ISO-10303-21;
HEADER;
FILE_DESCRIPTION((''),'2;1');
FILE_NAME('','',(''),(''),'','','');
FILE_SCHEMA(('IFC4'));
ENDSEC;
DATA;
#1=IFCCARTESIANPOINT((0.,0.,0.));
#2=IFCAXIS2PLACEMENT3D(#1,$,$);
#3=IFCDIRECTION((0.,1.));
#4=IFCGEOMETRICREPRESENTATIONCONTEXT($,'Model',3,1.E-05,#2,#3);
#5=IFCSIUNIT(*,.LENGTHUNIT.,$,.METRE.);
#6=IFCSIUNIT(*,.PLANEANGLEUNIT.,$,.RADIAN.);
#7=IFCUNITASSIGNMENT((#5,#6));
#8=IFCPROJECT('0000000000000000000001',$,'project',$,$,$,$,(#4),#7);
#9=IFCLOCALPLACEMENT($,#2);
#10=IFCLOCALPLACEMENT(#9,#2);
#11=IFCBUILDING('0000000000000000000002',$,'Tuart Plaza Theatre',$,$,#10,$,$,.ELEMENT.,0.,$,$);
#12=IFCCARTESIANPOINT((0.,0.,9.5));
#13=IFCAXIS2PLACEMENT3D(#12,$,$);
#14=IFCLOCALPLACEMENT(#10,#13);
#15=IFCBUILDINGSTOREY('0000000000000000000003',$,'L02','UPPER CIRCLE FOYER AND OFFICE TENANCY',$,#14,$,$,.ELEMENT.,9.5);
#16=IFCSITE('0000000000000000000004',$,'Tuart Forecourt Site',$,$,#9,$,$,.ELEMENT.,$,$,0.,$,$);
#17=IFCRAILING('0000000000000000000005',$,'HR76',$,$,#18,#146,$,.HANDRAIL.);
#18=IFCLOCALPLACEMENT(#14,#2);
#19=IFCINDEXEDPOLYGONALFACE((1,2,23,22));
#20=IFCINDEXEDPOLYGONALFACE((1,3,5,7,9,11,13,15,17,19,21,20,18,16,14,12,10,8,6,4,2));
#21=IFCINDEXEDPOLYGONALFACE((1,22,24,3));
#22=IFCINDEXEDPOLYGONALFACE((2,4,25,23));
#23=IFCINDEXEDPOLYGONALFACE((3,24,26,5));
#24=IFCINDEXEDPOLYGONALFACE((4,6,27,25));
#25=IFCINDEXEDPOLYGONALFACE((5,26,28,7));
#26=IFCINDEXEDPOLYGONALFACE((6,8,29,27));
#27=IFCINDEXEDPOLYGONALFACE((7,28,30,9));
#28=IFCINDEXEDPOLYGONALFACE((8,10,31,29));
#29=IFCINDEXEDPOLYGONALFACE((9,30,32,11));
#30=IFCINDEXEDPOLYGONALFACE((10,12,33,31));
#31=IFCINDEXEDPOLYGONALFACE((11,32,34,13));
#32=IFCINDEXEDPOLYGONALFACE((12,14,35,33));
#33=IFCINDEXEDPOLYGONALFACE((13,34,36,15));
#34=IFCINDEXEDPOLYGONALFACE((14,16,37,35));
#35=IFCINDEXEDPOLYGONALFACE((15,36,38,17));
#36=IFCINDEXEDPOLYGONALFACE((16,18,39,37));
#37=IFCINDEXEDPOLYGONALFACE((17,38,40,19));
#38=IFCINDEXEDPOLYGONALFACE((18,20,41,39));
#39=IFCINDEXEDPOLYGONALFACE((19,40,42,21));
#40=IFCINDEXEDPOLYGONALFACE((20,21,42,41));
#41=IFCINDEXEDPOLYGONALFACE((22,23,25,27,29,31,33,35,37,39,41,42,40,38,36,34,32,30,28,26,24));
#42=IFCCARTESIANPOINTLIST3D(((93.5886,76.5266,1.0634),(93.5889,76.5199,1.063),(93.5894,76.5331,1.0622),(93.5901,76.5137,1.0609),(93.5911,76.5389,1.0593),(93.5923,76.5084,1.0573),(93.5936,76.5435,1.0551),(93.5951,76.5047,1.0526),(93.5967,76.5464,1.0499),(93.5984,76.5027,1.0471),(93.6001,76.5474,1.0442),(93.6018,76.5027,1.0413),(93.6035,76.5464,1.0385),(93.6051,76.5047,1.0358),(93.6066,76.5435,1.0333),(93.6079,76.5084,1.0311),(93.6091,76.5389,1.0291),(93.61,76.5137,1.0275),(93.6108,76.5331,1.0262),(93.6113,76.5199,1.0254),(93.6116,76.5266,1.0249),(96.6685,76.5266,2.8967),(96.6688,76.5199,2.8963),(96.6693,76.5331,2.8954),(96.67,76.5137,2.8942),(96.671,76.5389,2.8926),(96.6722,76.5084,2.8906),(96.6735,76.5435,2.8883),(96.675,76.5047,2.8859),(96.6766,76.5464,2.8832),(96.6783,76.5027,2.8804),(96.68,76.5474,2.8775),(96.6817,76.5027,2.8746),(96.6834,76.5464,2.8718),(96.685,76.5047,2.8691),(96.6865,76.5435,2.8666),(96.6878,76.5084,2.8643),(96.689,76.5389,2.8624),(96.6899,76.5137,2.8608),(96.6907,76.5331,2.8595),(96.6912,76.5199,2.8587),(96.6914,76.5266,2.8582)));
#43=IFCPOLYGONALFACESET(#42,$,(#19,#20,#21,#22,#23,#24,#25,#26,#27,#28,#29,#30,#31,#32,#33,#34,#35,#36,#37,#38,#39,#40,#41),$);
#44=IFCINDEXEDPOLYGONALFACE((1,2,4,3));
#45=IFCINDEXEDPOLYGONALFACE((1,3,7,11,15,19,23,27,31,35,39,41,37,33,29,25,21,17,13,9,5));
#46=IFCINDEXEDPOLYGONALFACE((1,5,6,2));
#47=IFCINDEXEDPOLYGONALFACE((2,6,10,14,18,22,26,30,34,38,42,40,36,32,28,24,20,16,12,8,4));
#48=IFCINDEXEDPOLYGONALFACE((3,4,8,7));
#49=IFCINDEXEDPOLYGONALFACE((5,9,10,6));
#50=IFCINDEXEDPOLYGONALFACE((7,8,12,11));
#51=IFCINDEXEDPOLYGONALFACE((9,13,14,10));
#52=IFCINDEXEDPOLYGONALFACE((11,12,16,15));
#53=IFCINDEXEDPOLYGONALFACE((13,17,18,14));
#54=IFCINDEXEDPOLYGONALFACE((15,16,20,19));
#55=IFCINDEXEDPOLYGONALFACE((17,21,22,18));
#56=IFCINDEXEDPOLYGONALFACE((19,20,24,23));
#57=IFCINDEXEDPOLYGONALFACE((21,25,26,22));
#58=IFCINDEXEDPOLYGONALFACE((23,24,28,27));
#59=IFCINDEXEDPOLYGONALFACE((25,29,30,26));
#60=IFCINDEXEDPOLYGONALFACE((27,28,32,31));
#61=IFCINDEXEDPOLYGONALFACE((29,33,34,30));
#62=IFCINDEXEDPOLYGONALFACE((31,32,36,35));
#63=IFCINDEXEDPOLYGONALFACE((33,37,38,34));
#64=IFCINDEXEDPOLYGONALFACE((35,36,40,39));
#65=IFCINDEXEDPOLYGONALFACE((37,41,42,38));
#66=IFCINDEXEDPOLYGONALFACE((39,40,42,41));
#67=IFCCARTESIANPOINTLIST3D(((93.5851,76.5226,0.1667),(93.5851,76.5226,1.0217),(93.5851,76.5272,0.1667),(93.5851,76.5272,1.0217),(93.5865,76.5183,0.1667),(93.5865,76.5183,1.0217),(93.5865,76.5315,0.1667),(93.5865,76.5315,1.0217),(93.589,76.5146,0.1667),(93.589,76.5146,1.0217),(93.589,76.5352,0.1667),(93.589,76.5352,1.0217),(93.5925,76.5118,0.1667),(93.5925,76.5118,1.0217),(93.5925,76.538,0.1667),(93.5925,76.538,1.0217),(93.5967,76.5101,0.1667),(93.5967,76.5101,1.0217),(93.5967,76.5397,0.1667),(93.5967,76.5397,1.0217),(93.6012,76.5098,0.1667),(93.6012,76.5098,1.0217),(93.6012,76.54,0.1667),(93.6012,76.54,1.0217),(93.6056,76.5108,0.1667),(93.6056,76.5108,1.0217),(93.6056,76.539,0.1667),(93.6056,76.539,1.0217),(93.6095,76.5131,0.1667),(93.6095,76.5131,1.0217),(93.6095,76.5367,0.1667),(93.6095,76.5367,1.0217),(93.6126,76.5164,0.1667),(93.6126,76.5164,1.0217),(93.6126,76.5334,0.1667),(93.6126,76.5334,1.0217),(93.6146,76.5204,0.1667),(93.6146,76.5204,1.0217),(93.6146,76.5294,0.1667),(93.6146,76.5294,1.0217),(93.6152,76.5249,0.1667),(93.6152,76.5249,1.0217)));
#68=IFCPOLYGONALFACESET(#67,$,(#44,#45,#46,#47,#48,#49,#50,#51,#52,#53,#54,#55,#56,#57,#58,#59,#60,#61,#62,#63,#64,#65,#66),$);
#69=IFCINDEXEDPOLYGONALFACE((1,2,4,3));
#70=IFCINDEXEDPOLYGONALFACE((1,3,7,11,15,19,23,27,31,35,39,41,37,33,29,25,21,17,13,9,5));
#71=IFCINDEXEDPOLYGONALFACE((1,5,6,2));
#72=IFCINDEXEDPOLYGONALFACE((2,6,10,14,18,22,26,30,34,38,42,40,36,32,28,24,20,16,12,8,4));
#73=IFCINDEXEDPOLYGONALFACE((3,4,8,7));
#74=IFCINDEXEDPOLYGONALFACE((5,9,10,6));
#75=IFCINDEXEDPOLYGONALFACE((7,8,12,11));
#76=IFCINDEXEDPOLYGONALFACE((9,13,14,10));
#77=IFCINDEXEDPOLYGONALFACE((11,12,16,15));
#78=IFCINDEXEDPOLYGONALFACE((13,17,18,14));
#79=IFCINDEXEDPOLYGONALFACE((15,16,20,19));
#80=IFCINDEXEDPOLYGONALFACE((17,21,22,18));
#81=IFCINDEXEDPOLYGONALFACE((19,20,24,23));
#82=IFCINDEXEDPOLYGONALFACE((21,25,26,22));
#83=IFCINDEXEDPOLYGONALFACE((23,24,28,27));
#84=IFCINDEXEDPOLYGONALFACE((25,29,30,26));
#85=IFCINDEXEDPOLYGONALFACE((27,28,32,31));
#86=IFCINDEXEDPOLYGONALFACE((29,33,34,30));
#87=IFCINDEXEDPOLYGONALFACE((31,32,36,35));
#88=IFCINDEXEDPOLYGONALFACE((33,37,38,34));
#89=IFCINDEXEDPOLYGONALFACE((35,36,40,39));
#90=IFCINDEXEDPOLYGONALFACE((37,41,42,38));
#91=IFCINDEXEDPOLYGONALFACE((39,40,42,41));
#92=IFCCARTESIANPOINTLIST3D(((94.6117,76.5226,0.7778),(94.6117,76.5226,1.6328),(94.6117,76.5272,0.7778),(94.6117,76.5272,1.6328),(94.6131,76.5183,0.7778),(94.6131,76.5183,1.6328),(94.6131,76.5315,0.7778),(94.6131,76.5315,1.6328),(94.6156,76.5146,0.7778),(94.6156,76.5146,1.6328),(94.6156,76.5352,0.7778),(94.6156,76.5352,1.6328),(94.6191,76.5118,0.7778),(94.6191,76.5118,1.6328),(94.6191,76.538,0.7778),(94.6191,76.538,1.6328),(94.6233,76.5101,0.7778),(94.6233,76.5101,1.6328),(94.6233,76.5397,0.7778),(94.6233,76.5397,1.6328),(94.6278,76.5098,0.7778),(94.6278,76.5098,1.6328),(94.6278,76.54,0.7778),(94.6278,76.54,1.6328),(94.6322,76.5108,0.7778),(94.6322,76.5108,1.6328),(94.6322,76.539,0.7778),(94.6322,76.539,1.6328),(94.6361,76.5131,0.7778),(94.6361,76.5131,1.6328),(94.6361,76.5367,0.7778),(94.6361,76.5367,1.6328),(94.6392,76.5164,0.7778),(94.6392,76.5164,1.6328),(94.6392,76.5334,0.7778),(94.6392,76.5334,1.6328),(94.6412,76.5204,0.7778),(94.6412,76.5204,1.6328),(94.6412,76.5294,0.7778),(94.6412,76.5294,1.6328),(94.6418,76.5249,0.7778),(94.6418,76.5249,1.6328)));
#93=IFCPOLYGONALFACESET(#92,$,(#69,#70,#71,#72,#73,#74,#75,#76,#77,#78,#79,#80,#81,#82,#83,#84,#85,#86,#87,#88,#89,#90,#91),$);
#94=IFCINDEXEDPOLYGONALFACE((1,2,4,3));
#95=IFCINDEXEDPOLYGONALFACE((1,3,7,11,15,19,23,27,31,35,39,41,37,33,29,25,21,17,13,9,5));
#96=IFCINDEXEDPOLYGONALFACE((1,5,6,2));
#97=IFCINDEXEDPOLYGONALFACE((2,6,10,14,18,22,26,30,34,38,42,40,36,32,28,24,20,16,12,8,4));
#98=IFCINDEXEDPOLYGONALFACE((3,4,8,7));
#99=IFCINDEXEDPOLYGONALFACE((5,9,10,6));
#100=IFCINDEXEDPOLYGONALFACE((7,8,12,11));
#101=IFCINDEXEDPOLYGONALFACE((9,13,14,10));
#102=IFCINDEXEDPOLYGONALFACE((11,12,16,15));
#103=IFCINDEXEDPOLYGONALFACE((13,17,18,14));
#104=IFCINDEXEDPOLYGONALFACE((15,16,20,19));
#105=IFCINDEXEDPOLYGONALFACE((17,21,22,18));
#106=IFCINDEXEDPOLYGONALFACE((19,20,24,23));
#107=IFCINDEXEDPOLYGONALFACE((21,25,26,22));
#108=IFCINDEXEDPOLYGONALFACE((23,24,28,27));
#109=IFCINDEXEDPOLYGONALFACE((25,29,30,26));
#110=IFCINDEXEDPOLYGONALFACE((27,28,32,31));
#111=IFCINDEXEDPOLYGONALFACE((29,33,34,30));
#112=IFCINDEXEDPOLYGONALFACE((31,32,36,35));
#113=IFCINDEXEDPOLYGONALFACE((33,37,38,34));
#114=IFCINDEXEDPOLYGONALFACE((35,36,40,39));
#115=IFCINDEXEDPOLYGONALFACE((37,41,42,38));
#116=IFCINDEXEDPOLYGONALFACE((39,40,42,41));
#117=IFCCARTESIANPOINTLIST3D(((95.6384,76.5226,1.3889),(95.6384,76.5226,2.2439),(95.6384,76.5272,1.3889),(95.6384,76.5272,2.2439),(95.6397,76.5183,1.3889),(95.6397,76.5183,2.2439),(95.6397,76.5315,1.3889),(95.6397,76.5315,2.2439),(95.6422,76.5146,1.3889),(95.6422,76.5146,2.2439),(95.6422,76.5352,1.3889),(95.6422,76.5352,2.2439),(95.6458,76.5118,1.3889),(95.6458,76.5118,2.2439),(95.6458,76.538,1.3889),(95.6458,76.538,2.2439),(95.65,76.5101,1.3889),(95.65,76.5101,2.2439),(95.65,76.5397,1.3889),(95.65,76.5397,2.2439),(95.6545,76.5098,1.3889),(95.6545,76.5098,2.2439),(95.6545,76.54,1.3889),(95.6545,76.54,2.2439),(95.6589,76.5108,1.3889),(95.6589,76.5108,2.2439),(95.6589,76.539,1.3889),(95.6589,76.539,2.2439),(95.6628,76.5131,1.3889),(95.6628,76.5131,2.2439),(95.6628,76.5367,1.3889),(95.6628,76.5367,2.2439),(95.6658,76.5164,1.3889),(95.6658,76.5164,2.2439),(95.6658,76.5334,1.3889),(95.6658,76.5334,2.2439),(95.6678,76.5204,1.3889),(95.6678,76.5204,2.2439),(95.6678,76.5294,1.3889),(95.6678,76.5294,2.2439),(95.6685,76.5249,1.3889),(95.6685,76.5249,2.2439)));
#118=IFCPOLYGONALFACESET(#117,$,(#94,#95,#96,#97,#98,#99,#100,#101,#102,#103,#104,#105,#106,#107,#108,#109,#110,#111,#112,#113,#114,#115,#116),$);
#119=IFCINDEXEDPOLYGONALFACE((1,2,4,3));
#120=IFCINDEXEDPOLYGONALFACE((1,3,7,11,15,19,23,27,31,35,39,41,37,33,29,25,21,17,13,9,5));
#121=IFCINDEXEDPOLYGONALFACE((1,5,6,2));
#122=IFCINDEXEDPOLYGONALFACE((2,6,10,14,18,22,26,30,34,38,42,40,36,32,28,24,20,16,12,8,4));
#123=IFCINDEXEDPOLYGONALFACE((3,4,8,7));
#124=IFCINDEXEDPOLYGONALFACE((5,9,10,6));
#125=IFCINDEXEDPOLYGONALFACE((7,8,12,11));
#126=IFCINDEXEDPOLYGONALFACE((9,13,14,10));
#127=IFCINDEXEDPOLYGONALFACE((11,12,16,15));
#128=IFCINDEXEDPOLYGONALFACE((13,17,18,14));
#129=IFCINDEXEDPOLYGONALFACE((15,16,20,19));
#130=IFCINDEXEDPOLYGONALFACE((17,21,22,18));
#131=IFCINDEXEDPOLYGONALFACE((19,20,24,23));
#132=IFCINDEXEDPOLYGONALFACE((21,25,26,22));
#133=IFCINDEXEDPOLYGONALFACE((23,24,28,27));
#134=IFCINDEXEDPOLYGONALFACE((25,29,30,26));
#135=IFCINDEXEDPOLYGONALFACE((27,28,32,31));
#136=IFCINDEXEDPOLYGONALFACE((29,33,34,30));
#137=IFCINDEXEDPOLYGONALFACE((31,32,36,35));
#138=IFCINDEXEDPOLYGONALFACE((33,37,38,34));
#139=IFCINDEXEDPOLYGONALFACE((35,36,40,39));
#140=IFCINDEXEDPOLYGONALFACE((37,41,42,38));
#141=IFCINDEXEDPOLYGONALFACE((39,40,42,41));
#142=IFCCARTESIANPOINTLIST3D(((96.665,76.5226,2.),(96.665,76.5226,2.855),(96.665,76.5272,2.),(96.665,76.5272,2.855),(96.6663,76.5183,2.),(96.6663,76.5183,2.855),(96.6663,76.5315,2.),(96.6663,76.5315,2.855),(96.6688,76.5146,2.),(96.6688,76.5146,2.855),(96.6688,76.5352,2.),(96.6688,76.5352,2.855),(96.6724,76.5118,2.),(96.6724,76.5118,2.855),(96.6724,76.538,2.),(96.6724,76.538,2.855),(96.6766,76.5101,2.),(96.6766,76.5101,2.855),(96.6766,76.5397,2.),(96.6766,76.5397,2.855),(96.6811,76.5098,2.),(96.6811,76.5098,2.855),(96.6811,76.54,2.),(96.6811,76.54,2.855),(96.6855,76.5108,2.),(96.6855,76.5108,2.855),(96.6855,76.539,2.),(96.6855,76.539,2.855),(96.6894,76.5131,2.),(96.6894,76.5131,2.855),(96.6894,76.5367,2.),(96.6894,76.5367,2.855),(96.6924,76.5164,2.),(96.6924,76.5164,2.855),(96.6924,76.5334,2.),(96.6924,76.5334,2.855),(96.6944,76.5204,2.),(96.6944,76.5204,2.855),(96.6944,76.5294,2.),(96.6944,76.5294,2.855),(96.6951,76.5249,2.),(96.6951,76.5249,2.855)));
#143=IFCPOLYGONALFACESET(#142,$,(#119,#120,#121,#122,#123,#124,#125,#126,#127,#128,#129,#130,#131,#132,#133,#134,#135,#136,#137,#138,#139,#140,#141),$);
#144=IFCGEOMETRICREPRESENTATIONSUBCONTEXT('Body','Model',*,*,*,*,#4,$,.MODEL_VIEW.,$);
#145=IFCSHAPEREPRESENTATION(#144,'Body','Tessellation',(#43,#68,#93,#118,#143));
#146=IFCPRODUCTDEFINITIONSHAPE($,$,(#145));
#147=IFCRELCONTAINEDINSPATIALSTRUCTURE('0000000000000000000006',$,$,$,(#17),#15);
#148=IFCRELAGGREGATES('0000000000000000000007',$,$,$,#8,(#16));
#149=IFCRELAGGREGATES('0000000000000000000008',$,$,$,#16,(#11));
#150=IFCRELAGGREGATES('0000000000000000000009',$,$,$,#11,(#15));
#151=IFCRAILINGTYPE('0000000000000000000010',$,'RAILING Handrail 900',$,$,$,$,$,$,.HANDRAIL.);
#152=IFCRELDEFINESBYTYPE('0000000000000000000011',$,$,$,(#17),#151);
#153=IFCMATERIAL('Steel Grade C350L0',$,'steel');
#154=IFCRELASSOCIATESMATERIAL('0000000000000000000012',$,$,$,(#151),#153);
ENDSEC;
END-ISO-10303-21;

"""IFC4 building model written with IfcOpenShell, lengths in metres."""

from ifc_helpers import new_model, si_unit, direction, frame, origin, origin_2d, place, context, subcontext, project, spatial, circle, extrude, material, type_object, element, save


model = new_model("IFC4")

# Units and contexts
model_context = context("Model", 3, precision=1e-05, world=origin(), true_north=direction((0.0, 1.0)))
body_context = subcontext(model_context, "Body", "Model", "MODEL_VIEW")
ifc_project = project(units=[si_unit("LENGTHUNIT", "METRE"), si_unit("PLANEANGLEUNIT", "RADIAN")], contexts=[model_context])

# Site, building, storey
site_placement = place(None, origin())
site = spatial("IfcSite", under=ifc_project, at=site_placement, Name="Tuart Forecourt Site", CompositionType="ELEMENT", RefElevation=0.0)
building_placement = place(site_placement, origin())
building = spatial("IfcBuilding", under=site, at=building_placement, Name="Tuart Plaza Theatre", CompositionType="ELEMENT", ElevationOfRefHeight=0.0)
storey_placement = place(building_placement, frame((0.0, 0.0, 9.5)))
storey = spatial("IfcBuildingStorey", under=building, at=storey_placement, Name="L02", Description="UPPER CIRCLE FOYER AND OFFICE TENANCY", CompositionType="ELEMENT", Elevation=9.5)

# Railing
ifc_material_1 = material(Name="Steel Grade C350L0", Category="steel")
railing_type_1 = type_object("IfcRailingType", Name="RAILING Handrail 900", PredefinedType="HANDRAIL", material=ifc_material_1)
for number, where, name in (
    (1, (93.6001, 76.5249, 0.1667), "HR76"),
):
    element("IfcRailing", number, at=place(storey_placement, frame(where)), inside=storey, type_object=railing_type_1, Name=name, PredefinedType="HANDRAIL", context=body_context, shape_type="SweptSolid", body=[
        extrude(circle(Radius=0.0225, at=origin_2d()), frame((0.0, 0.0, 0.8774), z_axis=(0.859291, 0.0, 0.511487), x_axis=(0.0, 1.0, 0.0)), (0.0, 0.0, 1.0), 3.5842),
        extrude(circle(Radius=0.0151, at=origin_2d()), origin(), (0.0, 0.0, 1.0), 0.855),
        extrude(circle(Radius=0.0151, at=origin_2d()), frame((1.0266, 0.0, 0.6111)), (0.0, 0.0, 1.0), 0.855),
        extrude(circle(Radius=0.0151, at=origin_2d()), frame((2.0532, 0.0, 1.2222)), (0.0, 0.0, 1.0), 0.855),
        extrude(circle(Radius=0.0151, at=origin_2d()), frame((3.0798, 0.0, 1.8333)), (0.0, 0.0, 1.0), 0.855),
    ])

save(model, "model.ifc")
